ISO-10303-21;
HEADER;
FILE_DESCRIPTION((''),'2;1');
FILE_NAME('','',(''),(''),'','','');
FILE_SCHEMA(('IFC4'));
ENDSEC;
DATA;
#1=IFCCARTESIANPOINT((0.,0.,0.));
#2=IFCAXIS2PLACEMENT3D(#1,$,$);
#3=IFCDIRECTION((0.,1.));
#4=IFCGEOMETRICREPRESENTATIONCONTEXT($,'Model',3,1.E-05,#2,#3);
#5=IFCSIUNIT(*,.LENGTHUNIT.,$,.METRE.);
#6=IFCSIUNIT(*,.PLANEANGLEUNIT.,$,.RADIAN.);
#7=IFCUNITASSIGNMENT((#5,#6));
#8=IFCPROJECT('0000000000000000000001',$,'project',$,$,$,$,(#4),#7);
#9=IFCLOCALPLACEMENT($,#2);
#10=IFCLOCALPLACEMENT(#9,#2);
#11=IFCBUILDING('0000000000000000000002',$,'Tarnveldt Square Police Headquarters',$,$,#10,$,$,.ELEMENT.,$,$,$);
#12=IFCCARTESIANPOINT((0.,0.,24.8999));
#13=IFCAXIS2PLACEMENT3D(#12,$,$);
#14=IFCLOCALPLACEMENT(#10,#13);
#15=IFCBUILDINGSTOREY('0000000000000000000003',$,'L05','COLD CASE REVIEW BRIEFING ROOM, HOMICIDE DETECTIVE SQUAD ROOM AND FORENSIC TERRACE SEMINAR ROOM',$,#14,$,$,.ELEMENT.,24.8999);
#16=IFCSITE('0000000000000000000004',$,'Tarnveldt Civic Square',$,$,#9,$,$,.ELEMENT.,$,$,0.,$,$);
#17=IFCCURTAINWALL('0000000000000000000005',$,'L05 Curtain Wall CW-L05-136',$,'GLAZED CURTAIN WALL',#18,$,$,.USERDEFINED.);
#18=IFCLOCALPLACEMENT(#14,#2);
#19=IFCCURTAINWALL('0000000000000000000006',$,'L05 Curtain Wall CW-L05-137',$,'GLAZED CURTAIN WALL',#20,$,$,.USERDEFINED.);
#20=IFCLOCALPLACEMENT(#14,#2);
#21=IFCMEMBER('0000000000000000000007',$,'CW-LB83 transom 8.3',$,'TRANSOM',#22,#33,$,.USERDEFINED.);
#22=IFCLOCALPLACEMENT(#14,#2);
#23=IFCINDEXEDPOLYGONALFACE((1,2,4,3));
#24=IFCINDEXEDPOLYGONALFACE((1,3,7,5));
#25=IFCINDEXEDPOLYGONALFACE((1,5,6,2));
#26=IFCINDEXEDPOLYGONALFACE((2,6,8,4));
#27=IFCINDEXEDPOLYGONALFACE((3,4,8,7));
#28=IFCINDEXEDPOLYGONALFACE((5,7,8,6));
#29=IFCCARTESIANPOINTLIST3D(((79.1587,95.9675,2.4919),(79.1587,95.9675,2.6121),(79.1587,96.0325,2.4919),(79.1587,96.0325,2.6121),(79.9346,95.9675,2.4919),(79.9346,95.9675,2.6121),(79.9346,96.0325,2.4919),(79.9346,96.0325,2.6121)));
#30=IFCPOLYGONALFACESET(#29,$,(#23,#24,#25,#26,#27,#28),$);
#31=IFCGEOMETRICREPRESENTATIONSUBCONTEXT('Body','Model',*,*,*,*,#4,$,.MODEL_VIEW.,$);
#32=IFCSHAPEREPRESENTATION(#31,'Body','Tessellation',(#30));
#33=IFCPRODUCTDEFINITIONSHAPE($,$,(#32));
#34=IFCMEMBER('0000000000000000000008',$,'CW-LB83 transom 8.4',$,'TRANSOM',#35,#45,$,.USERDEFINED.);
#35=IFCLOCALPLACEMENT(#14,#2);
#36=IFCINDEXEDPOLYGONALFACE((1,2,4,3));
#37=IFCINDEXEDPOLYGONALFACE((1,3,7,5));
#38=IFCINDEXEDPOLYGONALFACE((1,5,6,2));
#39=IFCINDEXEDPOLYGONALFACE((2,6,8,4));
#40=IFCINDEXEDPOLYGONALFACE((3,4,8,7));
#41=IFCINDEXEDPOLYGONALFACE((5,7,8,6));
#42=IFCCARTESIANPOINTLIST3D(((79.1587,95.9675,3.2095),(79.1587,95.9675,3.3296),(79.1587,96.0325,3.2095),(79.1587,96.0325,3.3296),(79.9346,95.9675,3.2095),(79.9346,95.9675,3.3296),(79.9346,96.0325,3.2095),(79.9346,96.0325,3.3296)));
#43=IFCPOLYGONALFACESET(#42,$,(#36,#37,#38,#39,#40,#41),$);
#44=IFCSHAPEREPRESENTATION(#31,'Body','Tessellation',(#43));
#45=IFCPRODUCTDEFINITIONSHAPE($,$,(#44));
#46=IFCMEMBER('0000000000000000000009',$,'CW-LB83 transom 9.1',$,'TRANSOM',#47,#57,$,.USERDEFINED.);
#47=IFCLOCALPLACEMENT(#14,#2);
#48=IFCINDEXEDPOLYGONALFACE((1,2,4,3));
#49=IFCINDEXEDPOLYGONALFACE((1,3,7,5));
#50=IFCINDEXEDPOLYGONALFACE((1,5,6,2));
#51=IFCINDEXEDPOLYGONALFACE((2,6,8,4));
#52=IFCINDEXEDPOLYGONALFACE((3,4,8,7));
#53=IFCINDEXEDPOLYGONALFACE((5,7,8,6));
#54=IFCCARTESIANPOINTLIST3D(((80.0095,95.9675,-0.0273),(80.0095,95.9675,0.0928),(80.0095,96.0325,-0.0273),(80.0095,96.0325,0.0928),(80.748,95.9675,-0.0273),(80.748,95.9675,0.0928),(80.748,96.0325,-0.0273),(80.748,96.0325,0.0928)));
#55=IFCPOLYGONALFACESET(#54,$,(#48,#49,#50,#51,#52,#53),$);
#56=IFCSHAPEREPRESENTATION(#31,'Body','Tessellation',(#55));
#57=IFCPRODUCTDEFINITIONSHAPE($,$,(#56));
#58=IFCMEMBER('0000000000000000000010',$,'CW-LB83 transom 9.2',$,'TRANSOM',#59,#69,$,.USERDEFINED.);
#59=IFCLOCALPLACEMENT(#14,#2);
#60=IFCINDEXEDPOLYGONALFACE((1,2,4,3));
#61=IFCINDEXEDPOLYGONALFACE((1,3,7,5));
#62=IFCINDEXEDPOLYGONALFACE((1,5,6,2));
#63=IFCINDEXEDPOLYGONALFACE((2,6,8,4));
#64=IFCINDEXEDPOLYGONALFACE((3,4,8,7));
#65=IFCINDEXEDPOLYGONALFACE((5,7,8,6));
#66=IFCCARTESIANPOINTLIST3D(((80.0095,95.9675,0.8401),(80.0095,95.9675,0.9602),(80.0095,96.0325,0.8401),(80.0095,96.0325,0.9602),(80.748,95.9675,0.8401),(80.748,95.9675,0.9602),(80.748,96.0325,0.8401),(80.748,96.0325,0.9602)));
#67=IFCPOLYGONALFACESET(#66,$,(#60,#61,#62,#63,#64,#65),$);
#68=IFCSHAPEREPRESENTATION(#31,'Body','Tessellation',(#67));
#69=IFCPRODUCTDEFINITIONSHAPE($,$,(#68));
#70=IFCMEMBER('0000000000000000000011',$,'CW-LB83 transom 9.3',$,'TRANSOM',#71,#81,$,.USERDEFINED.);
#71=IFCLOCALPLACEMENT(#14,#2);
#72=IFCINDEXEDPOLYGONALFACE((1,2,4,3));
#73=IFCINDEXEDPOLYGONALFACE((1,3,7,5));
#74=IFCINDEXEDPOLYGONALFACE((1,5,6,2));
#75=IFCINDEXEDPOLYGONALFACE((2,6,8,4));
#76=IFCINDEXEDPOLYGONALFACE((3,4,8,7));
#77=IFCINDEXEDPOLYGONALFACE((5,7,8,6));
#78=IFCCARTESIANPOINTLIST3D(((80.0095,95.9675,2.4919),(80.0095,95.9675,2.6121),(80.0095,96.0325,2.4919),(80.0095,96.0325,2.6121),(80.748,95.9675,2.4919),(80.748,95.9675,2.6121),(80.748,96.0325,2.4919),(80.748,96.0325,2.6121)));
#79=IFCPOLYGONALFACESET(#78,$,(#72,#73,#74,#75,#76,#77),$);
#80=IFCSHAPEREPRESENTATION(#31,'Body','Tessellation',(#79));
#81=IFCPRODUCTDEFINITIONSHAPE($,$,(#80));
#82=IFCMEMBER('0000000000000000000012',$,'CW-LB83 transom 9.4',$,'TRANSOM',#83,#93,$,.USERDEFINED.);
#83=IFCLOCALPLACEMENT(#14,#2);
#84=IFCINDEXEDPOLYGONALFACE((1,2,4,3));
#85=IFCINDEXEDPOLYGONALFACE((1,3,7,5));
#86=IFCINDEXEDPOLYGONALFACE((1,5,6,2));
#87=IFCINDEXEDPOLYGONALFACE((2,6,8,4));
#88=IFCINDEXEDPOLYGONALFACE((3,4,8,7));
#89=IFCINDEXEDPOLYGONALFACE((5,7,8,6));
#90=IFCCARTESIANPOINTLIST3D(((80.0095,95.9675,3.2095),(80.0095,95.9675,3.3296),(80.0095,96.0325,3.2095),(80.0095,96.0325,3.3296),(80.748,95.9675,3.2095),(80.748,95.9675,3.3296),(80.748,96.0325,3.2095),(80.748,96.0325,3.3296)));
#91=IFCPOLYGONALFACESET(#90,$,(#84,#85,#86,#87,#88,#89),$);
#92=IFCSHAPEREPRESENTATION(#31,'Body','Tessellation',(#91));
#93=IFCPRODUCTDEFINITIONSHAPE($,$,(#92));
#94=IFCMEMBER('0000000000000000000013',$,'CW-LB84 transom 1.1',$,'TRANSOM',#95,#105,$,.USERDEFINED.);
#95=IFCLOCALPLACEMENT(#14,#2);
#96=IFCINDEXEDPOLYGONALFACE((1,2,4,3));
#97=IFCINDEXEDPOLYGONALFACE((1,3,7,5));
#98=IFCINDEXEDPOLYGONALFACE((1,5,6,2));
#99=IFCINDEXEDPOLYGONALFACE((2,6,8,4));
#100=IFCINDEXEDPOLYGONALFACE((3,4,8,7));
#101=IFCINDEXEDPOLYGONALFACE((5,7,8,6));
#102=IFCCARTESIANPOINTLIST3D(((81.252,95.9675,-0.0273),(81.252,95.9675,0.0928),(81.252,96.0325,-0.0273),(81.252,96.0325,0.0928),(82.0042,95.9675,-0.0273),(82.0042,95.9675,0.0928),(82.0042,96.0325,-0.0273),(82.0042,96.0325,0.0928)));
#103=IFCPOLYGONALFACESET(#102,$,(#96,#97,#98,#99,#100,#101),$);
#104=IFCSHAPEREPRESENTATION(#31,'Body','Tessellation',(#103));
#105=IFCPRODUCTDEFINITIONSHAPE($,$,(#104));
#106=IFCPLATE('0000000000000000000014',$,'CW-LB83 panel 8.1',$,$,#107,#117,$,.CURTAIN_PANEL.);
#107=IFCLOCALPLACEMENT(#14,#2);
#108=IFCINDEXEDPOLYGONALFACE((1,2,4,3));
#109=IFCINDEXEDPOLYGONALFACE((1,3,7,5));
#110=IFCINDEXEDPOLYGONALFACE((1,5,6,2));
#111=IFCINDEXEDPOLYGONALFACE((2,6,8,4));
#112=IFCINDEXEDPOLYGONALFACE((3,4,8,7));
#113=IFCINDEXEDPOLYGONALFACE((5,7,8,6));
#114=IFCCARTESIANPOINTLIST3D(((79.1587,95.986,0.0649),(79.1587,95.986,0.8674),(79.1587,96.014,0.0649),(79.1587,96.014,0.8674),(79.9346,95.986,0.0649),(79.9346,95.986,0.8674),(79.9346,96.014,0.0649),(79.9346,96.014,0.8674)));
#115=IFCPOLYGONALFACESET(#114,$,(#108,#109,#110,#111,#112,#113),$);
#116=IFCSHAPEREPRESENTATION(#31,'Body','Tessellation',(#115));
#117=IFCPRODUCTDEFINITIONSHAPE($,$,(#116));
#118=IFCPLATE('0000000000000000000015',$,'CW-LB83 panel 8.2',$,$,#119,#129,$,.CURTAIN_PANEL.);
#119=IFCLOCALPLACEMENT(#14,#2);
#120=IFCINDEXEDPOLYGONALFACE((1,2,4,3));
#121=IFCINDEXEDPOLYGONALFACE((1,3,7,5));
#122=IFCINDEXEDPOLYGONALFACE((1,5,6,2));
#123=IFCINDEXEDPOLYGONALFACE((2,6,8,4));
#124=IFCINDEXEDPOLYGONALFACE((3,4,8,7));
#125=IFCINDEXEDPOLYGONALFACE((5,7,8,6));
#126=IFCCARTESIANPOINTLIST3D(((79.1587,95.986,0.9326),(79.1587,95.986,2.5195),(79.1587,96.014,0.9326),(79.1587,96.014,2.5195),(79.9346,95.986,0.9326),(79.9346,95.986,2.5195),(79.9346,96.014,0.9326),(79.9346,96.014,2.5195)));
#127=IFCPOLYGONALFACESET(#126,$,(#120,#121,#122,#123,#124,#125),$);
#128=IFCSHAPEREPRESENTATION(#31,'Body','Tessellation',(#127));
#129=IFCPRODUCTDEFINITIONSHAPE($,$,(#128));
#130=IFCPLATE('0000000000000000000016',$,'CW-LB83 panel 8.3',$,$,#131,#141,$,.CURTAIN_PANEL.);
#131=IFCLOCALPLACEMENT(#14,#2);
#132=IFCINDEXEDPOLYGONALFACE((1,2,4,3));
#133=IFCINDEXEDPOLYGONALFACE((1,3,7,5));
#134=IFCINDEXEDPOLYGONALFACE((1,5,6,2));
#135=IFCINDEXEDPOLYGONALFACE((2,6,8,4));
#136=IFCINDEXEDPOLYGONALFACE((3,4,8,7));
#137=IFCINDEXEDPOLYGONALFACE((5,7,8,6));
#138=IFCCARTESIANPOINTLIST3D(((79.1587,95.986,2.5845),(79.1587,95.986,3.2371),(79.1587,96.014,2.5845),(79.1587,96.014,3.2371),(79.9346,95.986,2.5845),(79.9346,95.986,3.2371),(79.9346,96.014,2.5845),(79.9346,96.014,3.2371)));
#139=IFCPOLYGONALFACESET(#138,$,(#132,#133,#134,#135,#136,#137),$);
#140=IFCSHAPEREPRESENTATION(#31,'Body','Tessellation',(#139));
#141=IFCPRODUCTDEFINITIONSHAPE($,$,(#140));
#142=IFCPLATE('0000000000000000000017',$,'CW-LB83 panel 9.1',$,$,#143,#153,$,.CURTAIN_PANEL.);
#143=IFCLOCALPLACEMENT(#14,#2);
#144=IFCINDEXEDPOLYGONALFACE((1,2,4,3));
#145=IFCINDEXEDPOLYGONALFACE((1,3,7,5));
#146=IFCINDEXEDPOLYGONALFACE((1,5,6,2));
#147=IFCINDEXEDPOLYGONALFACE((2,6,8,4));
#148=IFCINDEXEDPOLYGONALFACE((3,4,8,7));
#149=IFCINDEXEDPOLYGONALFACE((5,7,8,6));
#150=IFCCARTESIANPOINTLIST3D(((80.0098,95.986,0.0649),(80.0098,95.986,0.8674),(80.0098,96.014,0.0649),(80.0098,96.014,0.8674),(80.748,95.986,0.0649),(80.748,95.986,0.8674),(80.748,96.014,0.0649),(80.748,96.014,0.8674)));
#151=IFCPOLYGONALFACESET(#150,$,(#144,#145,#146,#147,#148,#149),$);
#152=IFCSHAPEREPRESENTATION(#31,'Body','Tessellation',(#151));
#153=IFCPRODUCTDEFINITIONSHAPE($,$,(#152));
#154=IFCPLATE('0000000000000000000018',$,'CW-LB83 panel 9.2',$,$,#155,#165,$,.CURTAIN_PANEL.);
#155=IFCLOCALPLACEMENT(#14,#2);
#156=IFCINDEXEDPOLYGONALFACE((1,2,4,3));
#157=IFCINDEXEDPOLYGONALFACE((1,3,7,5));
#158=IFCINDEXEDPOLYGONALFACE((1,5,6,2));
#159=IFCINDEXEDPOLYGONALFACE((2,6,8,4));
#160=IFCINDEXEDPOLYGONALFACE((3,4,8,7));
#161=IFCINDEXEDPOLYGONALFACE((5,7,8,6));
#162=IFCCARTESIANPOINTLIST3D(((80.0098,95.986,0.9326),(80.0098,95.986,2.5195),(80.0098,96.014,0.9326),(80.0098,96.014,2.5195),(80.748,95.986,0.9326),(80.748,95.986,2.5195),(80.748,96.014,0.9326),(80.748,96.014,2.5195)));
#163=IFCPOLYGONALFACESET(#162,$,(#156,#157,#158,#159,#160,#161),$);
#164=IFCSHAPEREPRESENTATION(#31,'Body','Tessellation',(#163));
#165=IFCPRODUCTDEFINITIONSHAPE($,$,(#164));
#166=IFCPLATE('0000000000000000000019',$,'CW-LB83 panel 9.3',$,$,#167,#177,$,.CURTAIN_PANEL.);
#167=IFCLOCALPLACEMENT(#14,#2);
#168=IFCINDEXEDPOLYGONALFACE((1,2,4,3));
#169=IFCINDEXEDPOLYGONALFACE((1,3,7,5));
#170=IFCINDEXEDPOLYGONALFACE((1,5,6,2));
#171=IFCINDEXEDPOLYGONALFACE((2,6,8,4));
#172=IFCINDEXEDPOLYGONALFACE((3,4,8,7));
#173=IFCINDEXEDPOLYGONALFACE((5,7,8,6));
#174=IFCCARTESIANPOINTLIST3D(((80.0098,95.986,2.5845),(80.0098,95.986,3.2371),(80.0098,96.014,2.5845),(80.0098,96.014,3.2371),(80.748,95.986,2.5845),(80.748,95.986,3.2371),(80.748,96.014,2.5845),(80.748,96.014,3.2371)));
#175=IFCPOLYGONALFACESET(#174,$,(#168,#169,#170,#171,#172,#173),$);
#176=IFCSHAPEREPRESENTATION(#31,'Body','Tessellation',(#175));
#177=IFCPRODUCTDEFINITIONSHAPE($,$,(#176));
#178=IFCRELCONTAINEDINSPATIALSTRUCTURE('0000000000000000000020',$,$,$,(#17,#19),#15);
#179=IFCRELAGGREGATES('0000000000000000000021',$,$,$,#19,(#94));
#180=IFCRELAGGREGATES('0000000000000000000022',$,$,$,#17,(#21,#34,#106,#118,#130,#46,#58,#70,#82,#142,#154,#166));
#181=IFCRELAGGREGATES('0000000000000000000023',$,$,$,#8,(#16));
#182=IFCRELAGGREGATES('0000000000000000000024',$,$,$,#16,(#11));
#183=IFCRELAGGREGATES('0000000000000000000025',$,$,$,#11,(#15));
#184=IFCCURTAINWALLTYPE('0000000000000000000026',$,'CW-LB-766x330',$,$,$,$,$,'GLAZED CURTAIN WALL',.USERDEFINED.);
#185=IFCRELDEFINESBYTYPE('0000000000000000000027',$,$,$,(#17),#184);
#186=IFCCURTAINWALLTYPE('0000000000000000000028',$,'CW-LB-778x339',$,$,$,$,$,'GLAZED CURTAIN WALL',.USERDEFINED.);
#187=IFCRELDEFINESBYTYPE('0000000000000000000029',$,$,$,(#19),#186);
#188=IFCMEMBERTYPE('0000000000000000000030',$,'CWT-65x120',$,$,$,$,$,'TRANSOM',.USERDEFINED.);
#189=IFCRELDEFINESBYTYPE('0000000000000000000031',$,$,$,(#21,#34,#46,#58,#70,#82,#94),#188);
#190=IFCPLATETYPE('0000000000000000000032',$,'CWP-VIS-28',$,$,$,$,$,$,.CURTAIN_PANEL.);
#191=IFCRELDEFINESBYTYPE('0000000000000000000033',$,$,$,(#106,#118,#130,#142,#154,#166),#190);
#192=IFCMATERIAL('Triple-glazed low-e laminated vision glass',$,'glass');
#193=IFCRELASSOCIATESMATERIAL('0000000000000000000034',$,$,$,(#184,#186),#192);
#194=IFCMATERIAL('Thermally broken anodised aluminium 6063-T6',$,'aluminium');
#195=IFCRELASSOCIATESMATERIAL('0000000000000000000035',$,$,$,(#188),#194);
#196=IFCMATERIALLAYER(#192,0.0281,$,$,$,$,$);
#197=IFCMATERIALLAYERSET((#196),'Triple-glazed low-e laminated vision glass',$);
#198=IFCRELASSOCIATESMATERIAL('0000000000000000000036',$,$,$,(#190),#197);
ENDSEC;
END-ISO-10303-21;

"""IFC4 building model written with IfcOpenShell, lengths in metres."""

from ifc_helpers import new_model, si_unit, direction, frame, origin, origin_2d, place, context, subcontext, project, spatial, rectangle, extrude, material, layer, layer_set, material_profile, profile_set, type_object, element, aggregate, save


model = new_model("IFC4")

# Units and contexts
model_context = context("Model", 3, precision=1e-05, world=origin(), true_north=direction((0.0, 1.0)))
body_context = subcontext(model_context, "Body", "Model", "MODEL_VIEW")
ifc_project = project(units=[si_unit("LENGTHUNIT", "METRE"), si_unit("PLANEANGLEUNIT", "RADIAN")], contexts=[model_context])

# Site, building, storey
site_placement = place(None, origin())
site = spatial("IfcSite", under=ifc_project, at=site_placement, Name="Tarnveldt Civic Square", CompositionType="ELEMENT", RefElevation=0.0)
building_placement = place(site_placement, origin())
building = spatial("IfcBuilding", under=site, at=building_placement, Name="Tarnveldt Square Police Headquarters", CompositionType="ELEMENT")
storey_placement = place(building_placement, frame((0.0, 0.0, 24.8999)))
storey = spatial("IfcBuildingStorey", under=building, at=storey_placement, Name="L05", Description="COLD CASE REVIEW BRIEFING ROOM, HOMICIDE DETECTIVE SQUAD ROOM AND FORENSIC TERRACE SEMINAR ROOM", CompositionType="ELEMENT", Elevation=24.8999)

# Curtain wall
ifc_material_1 = material(Name="Triple-glazed low-e laminated vision glass", Category="glass")
curtain_wall_type_1 = type_object("IfcCurtainWallType", Name="CW-LB-766x330", ElementType="GLAZED CURTAIN WALL", PredefinedType="USERDEFINED", material=ifc_material_1)
curtain_wall_1_placement = place(storey_placement, origin())
curtain_wall_1 = element("IfcCurtainWall", 1, at=curtain_wall_1_placement, inside=storey, type_object=curtain_wall_type_1, Name="L05 Curtain Wall CW-L05-136", ObjectType="GLAZED CURTAIN WALL", PredefinedType="USERDEFINED")
ifc_material_2 = material(Name="Thermally broken anodised aluminium 6063-T6", Category="aluminium")

# Curtain wall
curtain_wall_type_2 = type_object("IfcCurtainWallType", Name="CW-LB-778x339", ElementType="GLAZED CURTAIN WALL", PredefinedType="USERDEFINED", material=ifc_material_1)
curtain_wall_2_placement = place(storey_placement, origin())
curtain_wall_2 = element("IfcCurtainWall", 2, at=curtain_wall_2_placement, inside=storey, type_object=curtain_wall_type_2, Name="L05 Curtain Wall CW-L05-137", ObjectType="GLAZED CURTAIN WALL", PredefinedType="USERDEFINED")

# Members
ifc_material_profile_1 = material_profile(ifc_material_2, rectangle(XDim=0.0649, YDim=0.1201, at=origin_2d()), Name="CW-T65x120")
ifc_profile_set_1 = profile_set([ifc_material_profile_1], Name="Thermally broken anodised aluminium 6063-T6")
member_type_1 = type_object("IfcMemberType", Name="CWT-65x120", ElementType="TRANSOM", PredefinedType="USERDEFINED", material=ifc_profile_set_1)
member_1_placement = place(storey_placement, frame((79.1587, 96.0, 2.552), z_axis=(1.0, 0.0, 0.0), x_axis=(0.0, 1.0, 0.0)))
member_1 = element("IfcMember", 3, at=member_1_placement, type_object=member_type_1, Name="CW-LB83 transom 8.3", ObjectType="TRANSOM", PredefinedType="USERDEFINED", context=body_context, shape_type="SweptSolid", body=[
    extrude(rectangle(XDim=0.0649, YDim=0.1201, at=origin_2d()), origin(), (0.0, 0.0, 1.0), 0.7759),
])
member_2_placement = place(storey_placement, frame((79.1587, 96.0, 3.2695), z_axis=(1.0, 0.0, 0.0), x_axis=(0.0, 1.0, 0.0)))
member_2 = element("IfcMember", 4, at=member_2_placement, type_object=member_type_1, Name="CW-LB83 transom 8.4", ObjectType="TRANSOM", PredefinedType="USERDEFINED", context=body_context, shape_type="SweptSolid", body=[
    extrude(rectangle(XDim=0.0649, YDim=0.1201, at=origin_2d()), origin(), (0.0, 0.0, 1.0), 0.7759),
])
member_3_placement = place(storey_placement, frame((80.0095, 96.0, 0.0327), z_axis=(1.0, 0.0, 0.0), x_axis=(0.0, 1.0, 0.0)))
member_3 = element("IfcMember", 5, at=member_3_placement, type_object=member_type_1, Name="CW-LB83 transom 9.1", ObjectType="TRANSOM", PredefinedType="USERDEFINED", context=body_context, shape_type="SweptSolid", body=[
    extrude(rectangle(XDim=0.0649, YDim=0.1201, at=origin_2d()), origin(), (0.0, 0.0, 1.0), 0.7385),
])
member_4_placement = place(storey_placement, frame((80.0095, 96.0, 0.9001), z_axis=(1.0, 0.0, 0.0), x_axis=(0.0, 1.0, 0.0)))
member_4 = element("IfcMember", 6, at=member_4_placement, type_object=member_type_1, Name="CW-LB83 transom 9.2", ObjectType="TRANSOM", PredefinedType="USERDEFINED", context=body_context, shape_type="SweptSolid", body=[
    extrude(rectangle(XDim=0.0649, YDim=0.1201, at=origin_2d()), origin(), (0.0, 0.0, 1.0), 0.7385),
])
member_5_placement = place(storey_placement, frame((80.0095, 96.0, 2.552), z_axis=(1.0, 0.0, 0.0), x_axis=(0.0, 1.0, 0.0)))
member_5 = element("IfcMember", 7, at=member_5_placement, type_object=member_type_1, Name="CW-LB83 transom 9.3", ObjectType="TRANSOM", PredefinedType="USERDEFINED", context=body_context, shape_type="SweptSolid", body=[
    extrude(rectangle(XDim=0.0649, YDim=0.1201, at=origin_2d()), origin(), (0.0, 0.0, 1.0), 0.7385),
])
member_6_placement = place(storey_placement, frame((80.0095, 96.0, 3.2695), z_axis=(1.0, 0.0, 0.0), x_axis=(0.0, 1.0, 0.0)))
member_6 = element("IfcMember", 8, at=member_6_placement, type_object=member_type_1, Name="CW-LB83 transom 9.4", ObjectType="TRANSOM", PredefinedType="USERDEFINED", context=body_context, shape_type="SweptSolid", body=[
    extrude(rectangle(XDim=0.0649, YDim=0.1201, at=origin_2d()), origin(), (0.0, 0.0, 1.0), 0.7385),
])
member_7_placement = place(storey_placement, frame((81.252, 96.0, 0.0327), z_axis=(1.0, 0.0, 0.0), x_axis=(0.0, 1.0, 0.0)))
member_7 = element("IfcMember", 9, at=member_7_placement, type_object=member_type_1, Name="CW-LB84 transom 1.1", ObjectType="TRANSOM", PredefinedType="USERDEFINED", context=body_context, shape_type="SweptSolid", body=[
    extrude(rectangle(XDim=0.0649, YDim=0.1201, at=origin_2d()), origin(), (0.0, 0.0, 1.0), 0.7522),
])
aggregate(curtain_wall_2, [member_7])

# Plates
ifc_layer = layer(ifc_material_1, 0.0281)
ifc_layer_set = layer_set([ifc_layer], Name="Triple-glazed low-e laminated vision glass")
plate_type = type_object("IfcPlateType", Name="CWP-VIS-28", PredefinedType="CURTAIN_PANEL", material=ifc_layer_set)
plate_1_placement = place(storey_placement, frame((79.5466, 96.0, 0.0649), z_axis=(0.0, 0.0, 1.0), x_axis=(1.0, 0.0, 0.0)))
plate_1 = element("IfcPlate", 10, at=plate_1_placement, type_object=plate_type, Name="CW-LB83 panel 8.1", PredefinedType="CURTAIN_PANEL", context=body_context, shape_type="SweptSolid", body=[
    extrude(rectangle(XDim=0.7759, YDim=0.0281, at=origin_2d()), origin(), (0.0, 0.0, 1.0), 0.8025),
])
plate_2_placement = place(storey_placement, frame((79.5466, 96.0, 0.9326), z_axis=(0.0, 0.0, 1.0), x_axis=(1.0, 0.0, 0.0)))
plate_2 = element("IfcPlate", 11, at=plate_2_placement, type_object=plate_type, Name="CW-LB83 panel 8.2", PredefinedType="CURTAIN_PANEL", context=body_context, shape_type="SweptSolid", body=[
    extrude(rectangle(XDim=0.7759, YDim=0.0281, at=origin_2d()), origin(), (0.0, 0.0, 1.0), 1.5869),
])
plate_3_placement = place(storey_placement, frame((79.5466, 96.0, 2.5845), z_axis=(0.0, 0.0, 1.0), x_axis=(1.0, 0.0, 0.0)))
plate_3 = element("IfcPlate", 12, at=plate_3_placement, type_object=plate_type, Name="CW-LB83 panel 8.3", PredefinedType="CURTAIN_PANEL", context=body_context, shape_type="SweptSolid", body=[
    extrude(rectangle(XDim=0.7759, YDim=0.0281, at=origin_2d()), origin(), (0.0, 0.0, 1.0), 0.6526),
])
plate_4_placement = place(storey_placement, frame((80.3789, 96.0, 0.0649), z_axis=(0.0, 0.0, 1.0), x_axis=(1.0, 0.0, 0.0)))
plate_4 = element("IfcPlate", 13, at=plate_4_placement, type_object=plate_type, Name="CW-LB83 panel 9.1", PredefinedType="CURTAIN_PANEL", context=body_context, shape_type="SweptSolid", body=[
    extrude(rectangle(XDim=0.7383, YDim=0.0281, at=origin_2d()), origin(), (0.0, 0.0, 1.0), 0.8025),
])
plate_5_placement = place(storey_placement, frame((80.3789, 96.0, 0.9326), z_axis=(0.0, 0.0, 1.0), x_axis=(1.0, 0.0, 0.0)))
plate_5 = element("IfcPlate", 14, at=plate_5_placement, type_object=plate_type, Name="CW-LB83 panel 9.2", PredefinedType="CURTAIN_PANEL", context=body_context, shape_type="SweptSolid", body=[
    extrude(rectangle(XDim=0.7383, YDim=0.0281, at=origin_2d()), origin(), (0.0, 0.0, 1.0), 1.5869),
])
plate_6_placement = place(storey_placement, frame((80.3789, 96.0, 2.5845), z_axis=(0.0, 0.0, 1.0), x_axis=(1.0, 0.0, 0.0)))
plate_6 = element("IfcPlate", 15, at=plate_6_placement, type_object=plate_type, Name="CW-LB83 panel 9.3", PredefinedType="CURTAIN_PANEL", context=body_context, shape_type="SweptSolid", body=[
    extrude(rectangle(XDim=0.7383, YDim=0.0281, at=origin_2d()), origin(), (0.0, 0.0, 1.0), 0.6526),
])
aggregate(curtain_wall_1, [member_1, member_2, plate_1, plate_2, plate_3, member_3, member_4, member_5, member_6, plate_4, plate_5, plate_6])

save(model, "model.ifc")
